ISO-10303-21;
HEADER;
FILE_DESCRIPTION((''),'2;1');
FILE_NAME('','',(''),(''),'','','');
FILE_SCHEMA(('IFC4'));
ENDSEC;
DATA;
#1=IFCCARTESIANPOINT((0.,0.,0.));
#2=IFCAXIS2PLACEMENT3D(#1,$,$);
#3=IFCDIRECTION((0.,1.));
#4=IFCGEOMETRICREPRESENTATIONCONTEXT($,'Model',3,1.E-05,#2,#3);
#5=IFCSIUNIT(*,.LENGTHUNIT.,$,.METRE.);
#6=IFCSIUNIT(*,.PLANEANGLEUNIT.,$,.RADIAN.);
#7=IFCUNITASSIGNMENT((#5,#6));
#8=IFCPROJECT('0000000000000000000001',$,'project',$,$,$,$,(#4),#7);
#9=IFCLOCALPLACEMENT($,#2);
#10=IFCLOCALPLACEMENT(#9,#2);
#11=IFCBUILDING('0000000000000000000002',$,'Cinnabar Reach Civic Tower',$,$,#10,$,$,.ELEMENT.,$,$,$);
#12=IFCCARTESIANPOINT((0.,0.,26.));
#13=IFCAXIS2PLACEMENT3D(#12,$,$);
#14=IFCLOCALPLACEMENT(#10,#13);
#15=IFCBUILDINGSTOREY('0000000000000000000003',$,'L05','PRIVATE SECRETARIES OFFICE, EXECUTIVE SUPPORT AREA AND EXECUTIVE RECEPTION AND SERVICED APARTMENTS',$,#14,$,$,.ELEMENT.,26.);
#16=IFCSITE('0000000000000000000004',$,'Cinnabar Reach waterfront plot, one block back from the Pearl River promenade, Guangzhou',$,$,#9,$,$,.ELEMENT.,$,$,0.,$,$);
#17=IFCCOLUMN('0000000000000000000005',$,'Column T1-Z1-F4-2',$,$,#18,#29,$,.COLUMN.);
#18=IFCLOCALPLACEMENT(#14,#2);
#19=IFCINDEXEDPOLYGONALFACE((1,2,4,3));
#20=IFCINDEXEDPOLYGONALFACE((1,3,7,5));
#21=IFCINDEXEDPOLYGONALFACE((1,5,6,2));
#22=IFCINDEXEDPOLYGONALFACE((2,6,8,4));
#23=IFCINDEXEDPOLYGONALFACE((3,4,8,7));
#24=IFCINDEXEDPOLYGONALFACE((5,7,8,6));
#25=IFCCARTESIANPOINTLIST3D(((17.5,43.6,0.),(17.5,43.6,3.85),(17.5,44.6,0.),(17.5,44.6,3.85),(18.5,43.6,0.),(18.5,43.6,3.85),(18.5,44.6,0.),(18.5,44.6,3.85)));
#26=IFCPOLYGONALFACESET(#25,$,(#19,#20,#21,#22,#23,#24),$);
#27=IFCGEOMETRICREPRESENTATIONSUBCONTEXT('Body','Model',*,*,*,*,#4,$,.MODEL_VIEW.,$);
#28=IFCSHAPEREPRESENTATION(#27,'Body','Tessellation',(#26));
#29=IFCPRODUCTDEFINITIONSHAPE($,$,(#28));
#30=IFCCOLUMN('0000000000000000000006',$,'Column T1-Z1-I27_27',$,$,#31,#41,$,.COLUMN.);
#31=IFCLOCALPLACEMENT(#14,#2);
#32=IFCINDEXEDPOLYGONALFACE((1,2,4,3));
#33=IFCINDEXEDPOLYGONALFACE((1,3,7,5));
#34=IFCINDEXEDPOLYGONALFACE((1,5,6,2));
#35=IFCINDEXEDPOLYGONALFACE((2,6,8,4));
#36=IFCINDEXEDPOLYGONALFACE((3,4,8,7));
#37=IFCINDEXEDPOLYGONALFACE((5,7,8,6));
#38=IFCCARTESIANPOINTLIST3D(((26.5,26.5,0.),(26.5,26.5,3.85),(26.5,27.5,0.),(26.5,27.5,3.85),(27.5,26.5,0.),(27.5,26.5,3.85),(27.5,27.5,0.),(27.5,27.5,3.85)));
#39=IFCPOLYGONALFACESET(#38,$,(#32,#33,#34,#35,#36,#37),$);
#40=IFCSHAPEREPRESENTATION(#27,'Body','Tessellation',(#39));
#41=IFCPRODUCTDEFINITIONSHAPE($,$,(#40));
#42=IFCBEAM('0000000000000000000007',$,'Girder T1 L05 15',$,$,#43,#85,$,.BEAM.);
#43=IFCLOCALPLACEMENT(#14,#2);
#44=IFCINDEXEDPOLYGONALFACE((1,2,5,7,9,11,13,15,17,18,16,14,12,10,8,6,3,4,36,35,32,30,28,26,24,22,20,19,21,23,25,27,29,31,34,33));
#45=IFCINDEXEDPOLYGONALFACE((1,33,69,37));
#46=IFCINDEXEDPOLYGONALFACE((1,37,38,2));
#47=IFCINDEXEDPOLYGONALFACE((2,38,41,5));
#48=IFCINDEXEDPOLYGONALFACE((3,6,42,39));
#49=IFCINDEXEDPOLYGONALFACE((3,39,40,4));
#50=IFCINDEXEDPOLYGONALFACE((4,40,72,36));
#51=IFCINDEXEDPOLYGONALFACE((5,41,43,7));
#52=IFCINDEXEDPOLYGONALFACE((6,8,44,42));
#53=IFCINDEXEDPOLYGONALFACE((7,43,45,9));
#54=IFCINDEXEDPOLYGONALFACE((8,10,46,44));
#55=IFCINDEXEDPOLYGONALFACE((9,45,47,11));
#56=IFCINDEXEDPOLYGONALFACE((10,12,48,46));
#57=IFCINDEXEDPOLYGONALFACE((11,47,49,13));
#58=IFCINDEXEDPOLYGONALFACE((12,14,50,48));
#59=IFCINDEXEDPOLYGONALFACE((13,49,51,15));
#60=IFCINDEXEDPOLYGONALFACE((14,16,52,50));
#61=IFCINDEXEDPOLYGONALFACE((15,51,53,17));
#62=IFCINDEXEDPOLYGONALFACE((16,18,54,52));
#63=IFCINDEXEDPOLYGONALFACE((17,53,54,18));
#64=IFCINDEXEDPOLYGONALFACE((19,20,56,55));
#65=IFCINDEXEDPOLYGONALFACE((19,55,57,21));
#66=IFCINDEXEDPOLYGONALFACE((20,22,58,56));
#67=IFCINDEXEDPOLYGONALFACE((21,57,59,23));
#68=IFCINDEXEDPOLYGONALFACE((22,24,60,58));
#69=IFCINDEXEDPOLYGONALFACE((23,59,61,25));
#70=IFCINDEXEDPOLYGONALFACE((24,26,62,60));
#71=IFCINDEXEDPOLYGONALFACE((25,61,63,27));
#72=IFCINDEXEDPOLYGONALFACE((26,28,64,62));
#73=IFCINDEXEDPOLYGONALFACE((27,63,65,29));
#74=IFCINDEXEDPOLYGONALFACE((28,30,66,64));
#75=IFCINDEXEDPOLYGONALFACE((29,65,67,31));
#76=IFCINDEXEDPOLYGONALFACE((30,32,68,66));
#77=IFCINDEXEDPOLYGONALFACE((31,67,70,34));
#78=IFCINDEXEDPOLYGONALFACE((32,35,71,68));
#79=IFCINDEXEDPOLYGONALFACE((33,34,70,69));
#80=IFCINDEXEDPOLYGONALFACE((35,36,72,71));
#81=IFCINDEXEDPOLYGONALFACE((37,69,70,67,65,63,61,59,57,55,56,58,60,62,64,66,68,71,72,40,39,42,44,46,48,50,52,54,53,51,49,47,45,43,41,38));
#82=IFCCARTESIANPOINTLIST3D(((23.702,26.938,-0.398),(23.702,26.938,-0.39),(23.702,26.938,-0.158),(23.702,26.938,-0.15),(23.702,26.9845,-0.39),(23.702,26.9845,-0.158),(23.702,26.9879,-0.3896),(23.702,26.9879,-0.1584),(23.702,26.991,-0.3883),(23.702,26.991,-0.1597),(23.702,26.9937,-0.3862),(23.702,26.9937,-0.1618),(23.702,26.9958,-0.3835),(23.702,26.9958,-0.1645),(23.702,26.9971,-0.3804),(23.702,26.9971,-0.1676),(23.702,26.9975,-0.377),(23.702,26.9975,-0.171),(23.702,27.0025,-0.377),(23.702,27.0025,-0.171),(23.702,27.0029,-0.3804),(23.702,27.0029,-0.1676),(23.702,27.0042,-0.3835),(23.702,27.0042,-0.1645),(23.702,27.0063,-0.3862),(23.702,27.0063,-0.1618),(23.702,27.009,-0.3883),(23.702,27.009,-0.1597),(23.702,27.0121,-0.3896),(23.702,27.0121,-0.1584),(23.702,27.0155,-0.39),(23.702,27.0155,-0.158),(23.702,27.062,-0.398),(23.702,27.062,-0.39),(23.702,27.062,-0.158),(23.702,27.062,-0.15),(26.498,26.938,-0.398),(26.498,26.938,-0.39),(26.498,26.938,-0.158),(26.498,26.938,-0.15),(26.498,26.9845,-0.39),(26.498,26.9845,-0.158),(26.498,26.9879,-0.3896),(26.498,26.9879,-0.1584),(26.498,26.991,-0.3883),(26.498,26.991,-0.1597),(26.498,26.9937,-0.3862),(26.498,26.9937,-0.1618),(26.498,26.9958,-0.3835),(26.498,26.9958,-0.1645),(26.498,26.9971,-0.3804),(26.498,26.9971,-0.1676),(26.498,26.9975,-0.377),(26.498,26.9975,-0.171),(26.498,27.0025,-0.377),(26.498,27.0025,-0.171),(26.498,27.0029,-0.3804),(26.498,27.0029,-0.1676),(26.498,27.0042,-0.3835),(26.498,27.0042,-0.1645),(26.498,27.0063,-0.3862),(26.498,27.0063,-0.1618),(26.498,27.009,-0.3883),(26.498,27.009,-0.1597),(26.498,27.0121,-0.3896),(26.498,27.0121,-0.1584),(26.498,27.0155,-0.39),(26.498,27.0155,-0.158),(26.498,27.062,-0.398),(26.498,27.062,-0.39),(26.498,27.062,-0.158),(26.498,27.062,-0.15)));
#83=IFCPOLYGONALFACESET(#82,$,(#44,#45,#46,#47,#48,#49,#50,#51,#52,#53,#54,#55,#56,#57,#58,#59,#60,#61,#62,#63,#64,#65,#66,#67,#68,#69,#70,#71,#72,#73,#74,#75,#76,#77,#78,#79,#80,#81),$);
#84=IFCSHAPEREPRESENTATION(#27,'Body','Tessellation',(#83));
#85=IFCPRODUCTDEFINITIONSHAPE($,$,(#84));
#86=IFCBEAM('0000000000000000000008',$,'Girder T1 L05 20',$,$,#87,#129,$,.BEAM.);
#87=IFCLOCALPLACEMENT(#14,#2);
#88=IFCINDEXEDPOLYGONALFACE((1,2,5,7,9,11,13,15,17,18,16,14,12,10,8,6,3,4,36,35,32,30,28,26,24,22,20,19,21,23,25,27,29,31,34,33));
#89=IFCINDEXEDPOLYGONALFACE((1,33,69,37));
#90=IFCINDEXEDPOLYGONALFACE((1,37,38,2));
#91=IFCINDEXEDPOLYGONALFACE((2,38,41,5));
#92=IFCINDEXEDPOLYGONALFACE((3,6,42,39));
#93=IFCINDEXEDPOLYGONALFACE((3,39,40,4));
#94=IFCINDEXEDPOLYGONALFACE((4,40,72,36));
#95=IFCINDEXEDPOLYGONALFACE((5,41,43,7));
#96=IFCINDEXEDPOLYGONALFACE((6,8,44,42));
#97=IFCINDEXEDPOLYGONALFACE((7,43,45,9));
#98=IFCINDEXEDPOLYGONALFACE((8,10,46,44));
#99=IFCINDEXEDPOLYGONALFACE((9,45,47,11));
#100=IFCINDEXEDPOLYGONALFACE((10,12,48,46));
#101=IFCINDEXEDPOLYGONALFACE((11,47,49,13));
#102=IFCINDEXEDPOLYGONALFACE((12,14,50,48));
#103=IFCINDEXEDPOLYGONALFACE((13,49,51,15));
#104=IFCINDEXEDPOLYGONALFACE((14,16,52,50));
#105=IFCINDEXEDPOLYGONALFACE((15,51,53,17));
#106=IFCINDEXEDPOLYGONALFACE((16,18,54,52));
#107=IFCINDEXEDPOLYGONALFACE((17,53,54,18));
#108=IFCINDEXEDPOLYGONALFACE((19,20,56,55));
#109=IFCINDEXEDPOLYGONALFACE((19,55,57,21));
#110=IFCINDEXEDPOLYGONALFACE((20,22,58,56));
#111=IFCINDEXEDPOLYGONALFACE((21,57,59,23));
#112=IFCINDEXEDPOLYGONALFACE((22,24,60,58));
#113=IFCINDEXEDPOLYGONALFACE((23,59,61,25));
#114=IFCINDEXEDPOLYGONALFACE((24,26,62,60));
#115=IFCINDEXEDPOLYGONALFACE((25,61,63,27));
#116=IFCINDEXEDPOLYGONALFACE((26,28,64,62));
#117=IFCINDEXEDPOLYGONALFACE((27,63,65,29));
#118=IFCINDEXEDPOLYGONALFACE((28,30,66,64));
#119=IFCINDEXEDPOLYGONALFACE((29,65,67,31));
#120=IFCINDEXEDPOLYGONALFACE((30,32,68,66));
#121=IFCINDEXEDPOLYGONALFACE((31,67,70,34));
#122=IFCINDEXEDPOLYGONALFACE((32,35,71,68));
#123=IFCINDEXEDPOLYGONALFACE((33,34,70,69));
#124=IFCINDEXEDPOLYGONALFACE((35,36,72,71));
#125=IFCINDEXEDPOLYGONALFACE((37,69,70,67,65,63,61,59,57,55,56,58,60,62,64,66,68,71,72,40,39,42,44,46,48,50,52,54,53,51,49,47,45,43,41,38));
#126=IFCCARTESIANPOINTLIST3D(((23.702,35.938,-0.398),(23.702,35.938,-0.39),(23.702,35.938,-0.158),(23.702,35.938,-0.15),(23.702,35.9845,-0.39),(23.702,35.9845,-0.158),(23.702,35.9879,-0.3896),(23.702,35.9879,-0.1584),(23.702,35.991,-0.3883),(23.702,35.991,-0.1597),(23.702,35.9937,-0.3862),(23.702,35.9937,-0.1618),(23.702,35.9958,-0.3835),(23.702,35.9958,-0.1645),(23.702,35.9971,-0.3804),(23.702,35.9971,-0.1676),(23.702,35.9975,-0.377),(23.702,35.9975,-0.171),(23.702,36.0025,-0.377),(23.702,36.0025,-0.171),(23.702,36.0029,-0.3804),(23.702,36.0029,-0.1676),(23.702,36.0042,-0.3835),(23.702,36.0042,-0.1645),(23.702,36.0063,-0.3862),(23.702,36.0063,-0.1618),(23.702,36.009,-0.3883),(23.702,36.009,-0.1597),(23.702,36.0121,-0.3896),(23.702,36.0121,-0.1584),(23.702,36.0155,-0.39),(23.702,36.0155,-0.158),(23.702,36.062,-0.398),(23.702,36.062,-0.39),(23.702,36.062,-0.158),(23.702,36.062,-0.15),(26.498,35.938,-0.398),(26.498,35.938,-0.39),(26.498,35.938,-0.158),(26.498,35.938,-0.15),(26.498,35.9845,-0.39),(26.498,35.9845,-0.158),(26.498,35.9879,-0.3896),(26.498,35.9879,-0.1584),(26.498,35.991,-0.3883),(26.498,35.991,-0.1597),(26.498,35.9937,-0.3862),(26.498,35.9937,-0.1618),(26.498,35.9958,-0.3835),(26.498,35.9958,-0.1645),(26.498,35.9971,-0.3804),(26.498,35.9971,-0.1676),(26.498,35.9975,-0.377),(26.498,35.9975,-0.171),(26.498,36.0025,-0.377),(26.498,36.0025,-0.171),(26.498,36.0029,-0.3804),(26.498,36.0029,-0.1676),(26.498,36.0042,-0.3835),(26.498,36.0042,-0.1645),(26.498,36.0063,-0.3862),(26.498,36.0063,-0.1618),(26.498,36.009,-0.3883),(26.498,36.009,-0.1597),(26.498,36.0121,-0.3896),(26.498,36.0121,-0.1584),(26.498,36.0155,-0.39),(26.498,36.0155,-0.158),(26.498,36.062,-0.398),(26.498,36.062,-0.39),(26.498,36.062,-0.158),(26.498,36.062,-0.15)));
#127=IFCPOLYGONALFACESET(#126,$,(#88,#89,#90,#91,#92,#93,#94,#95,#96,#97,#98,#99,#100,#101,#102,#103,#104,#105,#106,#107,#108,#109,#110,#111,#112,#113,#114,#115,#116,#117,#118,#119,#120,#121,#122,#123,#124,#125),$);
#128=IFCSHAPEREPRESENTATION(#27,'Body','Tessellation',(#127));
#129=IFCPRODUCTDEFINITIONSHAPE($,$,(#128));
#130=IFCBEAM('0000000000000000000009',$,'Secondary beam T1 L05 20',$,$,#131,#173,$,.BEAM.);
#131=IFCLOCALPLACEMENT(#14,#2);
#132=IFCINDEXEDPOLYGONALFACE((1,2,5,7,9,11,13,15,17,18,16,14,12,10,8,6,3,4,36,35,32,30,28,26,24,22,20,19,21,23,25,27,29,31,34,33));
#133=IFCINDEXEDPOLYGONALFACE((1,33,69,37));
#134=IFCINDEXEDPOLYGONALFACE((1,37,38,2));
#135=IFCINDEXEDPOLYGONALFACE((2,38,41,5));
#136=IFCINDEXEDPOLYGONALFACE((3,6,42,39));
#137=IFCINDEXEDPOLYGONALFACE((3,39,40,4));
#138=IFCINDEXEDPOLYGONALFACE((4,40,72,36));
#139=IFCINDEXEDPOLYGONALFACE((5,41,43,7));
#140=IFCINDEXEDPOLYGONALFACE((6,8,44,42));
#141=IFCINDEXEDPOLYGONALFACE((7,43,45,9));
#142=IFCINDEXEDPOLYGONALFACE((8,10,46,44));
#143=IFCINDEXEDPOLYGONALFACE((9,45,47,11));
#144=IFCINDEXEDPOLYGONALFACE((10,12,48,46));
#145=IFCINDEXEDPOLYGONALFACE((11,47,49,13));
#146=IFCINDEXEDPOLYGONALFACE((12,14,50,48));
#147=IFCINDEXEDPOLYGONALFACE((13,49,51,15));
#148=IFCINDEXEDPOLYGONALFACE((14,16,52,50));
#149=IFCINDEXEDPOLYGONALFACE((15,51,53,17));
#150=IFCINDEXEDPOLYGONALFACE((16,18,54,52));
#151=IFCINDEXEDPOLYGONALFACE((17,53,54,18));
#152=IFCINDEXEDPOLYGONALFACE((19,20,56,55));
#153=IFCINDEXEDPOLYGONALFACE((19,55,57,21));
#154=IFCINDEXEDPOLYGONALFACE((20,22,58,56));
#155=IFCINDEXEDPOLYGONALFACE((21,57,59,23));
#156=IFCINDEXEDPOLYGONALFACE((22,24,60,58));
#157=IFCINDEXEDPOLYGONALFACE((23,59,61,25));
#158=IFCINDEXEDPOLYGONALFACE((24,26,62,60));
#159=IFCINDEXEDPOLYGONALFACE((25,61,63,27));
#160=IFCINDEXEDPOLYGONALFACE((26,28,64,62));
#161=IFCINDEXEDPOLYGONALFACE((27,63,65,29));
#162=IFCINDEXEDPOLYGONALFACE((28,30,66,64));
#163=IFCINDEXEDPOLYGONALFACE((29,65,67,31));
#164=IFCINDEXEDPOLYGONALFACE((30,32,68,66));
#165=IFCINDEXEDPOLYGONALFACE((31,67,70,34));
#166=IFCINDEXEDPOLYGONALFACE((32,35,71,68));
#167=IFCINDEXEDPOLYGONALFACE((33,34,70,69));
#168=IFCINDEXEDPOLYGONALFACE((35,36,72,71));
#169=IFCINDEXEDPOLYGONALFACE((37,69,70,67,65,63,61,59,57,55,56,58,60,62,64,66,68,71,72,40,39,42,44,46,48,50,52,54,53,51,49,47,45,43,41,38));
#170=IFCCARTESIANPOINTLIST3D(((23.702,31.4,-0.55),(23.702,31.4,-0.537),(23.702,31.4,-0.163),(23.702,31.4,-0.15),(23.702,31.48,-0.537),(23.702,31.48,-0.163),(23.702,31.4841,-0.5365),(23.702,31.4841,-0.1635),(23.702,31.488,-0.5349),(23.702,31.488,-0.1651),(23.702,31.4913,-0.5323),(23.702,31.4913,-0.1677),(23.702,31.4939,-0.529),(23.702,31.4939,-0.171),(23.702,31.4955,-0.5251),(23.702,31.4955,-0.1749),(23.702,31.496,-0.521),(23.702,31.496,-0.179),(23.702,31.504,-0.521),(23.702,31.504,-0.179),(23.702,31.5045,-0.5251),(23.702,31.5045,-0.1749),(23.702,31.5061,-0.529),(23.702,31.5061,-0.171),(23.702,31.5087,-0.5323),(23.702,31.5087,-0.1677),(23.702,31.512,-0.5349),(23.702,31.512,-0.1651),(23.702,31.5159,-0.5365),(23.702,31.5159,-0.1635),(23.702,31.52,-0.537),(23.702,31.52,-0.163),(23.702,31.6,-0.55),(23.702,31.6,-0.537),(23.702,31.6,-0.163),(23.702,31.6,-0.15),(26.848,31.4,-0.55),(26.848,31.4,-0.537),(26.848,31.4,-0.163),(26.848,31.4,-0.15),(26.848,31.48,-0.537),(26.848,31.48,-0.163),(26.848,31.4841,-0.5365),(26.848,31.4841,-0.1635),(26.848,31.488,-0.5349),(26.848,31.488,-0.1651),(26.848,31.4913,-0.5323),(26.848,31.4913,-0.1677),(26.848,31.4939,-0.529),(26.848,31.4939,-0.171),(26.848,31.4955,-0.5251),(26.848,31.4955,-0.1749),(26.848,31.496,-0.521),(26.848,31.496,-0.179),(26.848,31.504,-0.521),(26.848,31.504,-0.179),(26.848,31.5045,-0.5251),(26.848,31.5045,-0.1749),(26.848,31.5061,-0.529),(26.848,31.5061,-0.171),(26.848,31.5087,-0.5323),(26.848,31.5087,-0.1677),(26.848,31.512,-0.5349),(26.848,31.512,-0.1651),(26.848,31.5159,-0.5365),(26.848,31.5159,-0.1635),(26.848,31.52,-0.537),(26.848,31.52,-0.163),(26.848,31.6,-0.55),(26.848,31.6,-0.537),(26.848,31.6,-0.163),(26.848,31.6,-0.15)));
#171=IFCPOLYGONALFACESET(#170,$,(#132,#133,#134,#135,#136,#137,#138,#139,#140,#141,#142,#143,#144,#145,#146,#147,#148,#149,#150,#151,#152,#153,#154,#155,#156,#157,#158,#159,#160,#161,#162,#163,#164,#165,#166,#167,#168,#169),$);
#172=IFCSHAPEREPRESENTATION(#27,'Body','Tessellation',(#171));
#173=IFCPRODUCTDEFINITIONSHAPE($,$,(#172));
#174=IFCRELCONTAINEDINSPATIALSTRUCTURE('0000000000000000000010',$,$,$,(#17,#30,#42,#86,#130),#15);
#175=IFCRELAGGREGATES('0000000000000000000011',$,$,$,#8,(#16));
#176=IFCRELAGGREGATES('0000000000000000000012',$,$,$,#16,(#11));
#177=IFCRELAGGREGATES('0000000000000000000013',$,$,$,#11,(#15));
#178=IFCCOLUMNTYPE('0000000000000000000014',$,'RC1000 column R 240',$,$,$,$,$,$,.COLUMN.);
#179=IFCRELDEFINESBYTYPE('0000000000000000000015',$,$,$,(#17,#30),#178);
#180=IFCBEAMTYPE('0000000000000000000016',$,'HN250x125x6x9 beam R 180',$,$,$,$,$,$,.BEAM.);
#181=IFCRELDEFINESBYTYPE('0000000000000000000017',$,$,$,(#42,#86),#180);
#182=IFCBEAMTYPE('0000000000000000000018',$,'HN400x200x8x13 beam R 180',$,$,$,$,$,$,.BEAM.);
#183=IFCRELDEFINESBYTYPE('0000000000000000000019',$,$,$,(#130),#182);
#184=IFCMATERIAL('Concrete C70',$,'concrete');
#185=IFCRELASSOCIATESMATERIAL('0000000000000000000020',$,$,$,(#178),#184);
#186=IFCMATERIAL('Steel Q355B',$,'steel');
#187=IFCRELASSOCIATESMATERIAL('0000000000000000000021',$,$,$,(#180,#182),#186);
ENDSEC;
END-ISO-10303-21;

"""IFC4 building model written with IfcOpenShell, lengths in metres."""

from ifc_helpers import new_model, si_unit, direction, frame, origin, origin_2d, place, context, subcontext, project, spatial, rectangle, i_section, extrude, material, material_profile, profile_set, type_object, element, save


model = new_model("IFC4")

# Units and contexts
model_context = context("Model", 3, precision=1e-05, world=origin(), true_north=direction((0.0, 1.0)))
body_context = subcontext(model_context, "Body", "Model", "MODEL_VIEW")
ifc_project = project(units=[si_unit("LENGTHUNIT", "METRE"), si_unit("PLANEANGLEUNIT", "RADIAN")], contexts=[model_context])

# Site, building, storey
site_placement = place(None, origin())
site = spatial("IfcSite", under=ifc_project, at=site_placement, Name="Cinnabar Reach waterfront plot, one block back from the Pearl River promenade, Guangzhou", CompositionType="ELEMENT", RefElevation=0.0)
building_placement = place(site_placement, origin())
building = spatial("IfcBuilding", under=site, at=building_placement, Name="Cinnabar Reach Civic Tower", CompositionType="ELEMENT")
storey_placement = place(building_placement, frame((0.0, 0.0, 26.0)))
storey = spatial("IfcBuildingStorey", under=building, at=storey_placement, Name="L05", Description="PRIVATE SECRETARIES OFFICE, EXECUTIVE SUPPORT AREA AND EXECUTIVE RECEPTION AND SERVICED APARTMENTS", CompositionType="ELEMENT", Elevation=26.0)

# Columns
ifc_material_1 = material(Name="Concrete C70", Category="concrete")
ifc_material_profile_1 = material_profile(ifc_material_1, rectangle(XDim=1.0, YDim=1.0, at=origin_2d()), Name="RC1000")
ifc_profile_set_1 = profile_set([ifc_material_profile_1], Name="Concrete C70")
column_type = type_object("IfcColumnType", Name="RC1000 column R 240", PredefinedType="COLUMN", material=ifc_profile_set_1)
for number, where, z_axis, x_axis, name in (
    (1, (18.0, 44.1, 0.0), (0.0, 0.0, 1.0), (1.0, 0.0, 0.0), "Column T1-Z1-F4-2"),
    (2, (27.0, 27.0, 0.0), (0.0, 0.0, 1.0), (1.0, 0.0, 0.0), "Column T1-Z1-I27_27"),
):
    element("IfcColumn", number, at=place(storey_placement, frame(where, z_axis=z_axis, x_axis=x_axis)), inside=storey, type_object=column_type, Name=name, PredefinedType="COLUMN", context=body_context, shape_type="SweptSolid", body=[
        extrude(rectangle(XDim=1.0, YDim=1.0, at=origin_2d()), origin(), (0.0, 0.0, 1.0), 3.85),
    ])

# Beams
ifc_material_2 = material(Name="Steel Q355B", Category="steel")
ifc_material_profile_2 = material_profile(ifc_material_2, i_section(OverallWidth=0.124, OverallDepth=0.248, WebThickness=0.005, FlangeThickness=0.008, FilletRadius=0.013, at=origin_2d()), Name="HN250x125x6x9")
ifc_profile_set_2 = profile_set([ifc_material_profile_2], Name="Steel Q355B")
beam_type_1 = type_object("IfcBeamType", Name="HN250x125x6x9 beam R 180", PredefinedType="BEAM", material=ifc_profile_set_2)
for number, where, z_axis, x_axis, name in (
    (3, (23.702, 27.0, -0.274), (1.0, 0.0, 0.0), (0.0, 1.0, 0.0), "Girder T1 L05 15"),
    (4, (23.702, 36.0, -0.274), (1.0, 0.0, 0.0), (0.0, 1.0, 0.0), "Girder T1 L05 20"),
):
    element("IfcBeam", number, at=place(storey_placement, frame(where, z_axis=z_axis, x_axis=x_axis)), inside=storey, type_object=beam_type_1, Name=name, PredefinedType="BEAM", context=body_context, shape_type="SweptSolid", body=[
        extrude(i_section(OverallWidth=0.124, OverallDepth=0.248, WebThickness=0.005, FlangeThickness=0.008, FilletRadius=0.013, at=origin_2d()), origin(), (0.0, 0.0, 1.0), 2.796),
    ])
ifc_material_profile_3 = material_profile(ifc_material_2, i_section(OverallWidth=0.2, OverallDepth=0.4, WebThickness=0.008, FlangeThickness=0.013, FilletRadius=0.016, at=origin_2d()), Name="HN400x200x8x13")
ifc_profile_set_3 = profile_set([ifc_material_profile_3], Name="Steel Q355B")
beam_type_2 = type_object("IfcBeamType", Name="HN400x200x8x13 beam R 180", PredefinedType="BEAM", material=ifc_profile_set_3)
for number, where, z_axis, x_axis, name in (
    (5, (23.702, 31.5, -0.35), (1.0, 0.0, 0.0), (0.0, 1.0, 0.0), "Secondary beam T1 L05 20"),
):
    element("IfcBeam", number, at=place(storey_placement, frame(where, z_axis=z_axis, x_axis=x_axis)), inside=storey, type_object=beam_type_2, Name=name, PredefinedType="BEAM", context=body_context, shape_type="SweptSolid", body=[
        extrude(i_section(OverallWidth=0.2, OverallDepth=0.4, WebThickness=0.008, FlangeThickness=0.013, FilletRadius=0.016, at=origin_2d()), origin(), (0.0, 0.0, 1.0), 3.146),
    ])

save(model, "model.ifc")
